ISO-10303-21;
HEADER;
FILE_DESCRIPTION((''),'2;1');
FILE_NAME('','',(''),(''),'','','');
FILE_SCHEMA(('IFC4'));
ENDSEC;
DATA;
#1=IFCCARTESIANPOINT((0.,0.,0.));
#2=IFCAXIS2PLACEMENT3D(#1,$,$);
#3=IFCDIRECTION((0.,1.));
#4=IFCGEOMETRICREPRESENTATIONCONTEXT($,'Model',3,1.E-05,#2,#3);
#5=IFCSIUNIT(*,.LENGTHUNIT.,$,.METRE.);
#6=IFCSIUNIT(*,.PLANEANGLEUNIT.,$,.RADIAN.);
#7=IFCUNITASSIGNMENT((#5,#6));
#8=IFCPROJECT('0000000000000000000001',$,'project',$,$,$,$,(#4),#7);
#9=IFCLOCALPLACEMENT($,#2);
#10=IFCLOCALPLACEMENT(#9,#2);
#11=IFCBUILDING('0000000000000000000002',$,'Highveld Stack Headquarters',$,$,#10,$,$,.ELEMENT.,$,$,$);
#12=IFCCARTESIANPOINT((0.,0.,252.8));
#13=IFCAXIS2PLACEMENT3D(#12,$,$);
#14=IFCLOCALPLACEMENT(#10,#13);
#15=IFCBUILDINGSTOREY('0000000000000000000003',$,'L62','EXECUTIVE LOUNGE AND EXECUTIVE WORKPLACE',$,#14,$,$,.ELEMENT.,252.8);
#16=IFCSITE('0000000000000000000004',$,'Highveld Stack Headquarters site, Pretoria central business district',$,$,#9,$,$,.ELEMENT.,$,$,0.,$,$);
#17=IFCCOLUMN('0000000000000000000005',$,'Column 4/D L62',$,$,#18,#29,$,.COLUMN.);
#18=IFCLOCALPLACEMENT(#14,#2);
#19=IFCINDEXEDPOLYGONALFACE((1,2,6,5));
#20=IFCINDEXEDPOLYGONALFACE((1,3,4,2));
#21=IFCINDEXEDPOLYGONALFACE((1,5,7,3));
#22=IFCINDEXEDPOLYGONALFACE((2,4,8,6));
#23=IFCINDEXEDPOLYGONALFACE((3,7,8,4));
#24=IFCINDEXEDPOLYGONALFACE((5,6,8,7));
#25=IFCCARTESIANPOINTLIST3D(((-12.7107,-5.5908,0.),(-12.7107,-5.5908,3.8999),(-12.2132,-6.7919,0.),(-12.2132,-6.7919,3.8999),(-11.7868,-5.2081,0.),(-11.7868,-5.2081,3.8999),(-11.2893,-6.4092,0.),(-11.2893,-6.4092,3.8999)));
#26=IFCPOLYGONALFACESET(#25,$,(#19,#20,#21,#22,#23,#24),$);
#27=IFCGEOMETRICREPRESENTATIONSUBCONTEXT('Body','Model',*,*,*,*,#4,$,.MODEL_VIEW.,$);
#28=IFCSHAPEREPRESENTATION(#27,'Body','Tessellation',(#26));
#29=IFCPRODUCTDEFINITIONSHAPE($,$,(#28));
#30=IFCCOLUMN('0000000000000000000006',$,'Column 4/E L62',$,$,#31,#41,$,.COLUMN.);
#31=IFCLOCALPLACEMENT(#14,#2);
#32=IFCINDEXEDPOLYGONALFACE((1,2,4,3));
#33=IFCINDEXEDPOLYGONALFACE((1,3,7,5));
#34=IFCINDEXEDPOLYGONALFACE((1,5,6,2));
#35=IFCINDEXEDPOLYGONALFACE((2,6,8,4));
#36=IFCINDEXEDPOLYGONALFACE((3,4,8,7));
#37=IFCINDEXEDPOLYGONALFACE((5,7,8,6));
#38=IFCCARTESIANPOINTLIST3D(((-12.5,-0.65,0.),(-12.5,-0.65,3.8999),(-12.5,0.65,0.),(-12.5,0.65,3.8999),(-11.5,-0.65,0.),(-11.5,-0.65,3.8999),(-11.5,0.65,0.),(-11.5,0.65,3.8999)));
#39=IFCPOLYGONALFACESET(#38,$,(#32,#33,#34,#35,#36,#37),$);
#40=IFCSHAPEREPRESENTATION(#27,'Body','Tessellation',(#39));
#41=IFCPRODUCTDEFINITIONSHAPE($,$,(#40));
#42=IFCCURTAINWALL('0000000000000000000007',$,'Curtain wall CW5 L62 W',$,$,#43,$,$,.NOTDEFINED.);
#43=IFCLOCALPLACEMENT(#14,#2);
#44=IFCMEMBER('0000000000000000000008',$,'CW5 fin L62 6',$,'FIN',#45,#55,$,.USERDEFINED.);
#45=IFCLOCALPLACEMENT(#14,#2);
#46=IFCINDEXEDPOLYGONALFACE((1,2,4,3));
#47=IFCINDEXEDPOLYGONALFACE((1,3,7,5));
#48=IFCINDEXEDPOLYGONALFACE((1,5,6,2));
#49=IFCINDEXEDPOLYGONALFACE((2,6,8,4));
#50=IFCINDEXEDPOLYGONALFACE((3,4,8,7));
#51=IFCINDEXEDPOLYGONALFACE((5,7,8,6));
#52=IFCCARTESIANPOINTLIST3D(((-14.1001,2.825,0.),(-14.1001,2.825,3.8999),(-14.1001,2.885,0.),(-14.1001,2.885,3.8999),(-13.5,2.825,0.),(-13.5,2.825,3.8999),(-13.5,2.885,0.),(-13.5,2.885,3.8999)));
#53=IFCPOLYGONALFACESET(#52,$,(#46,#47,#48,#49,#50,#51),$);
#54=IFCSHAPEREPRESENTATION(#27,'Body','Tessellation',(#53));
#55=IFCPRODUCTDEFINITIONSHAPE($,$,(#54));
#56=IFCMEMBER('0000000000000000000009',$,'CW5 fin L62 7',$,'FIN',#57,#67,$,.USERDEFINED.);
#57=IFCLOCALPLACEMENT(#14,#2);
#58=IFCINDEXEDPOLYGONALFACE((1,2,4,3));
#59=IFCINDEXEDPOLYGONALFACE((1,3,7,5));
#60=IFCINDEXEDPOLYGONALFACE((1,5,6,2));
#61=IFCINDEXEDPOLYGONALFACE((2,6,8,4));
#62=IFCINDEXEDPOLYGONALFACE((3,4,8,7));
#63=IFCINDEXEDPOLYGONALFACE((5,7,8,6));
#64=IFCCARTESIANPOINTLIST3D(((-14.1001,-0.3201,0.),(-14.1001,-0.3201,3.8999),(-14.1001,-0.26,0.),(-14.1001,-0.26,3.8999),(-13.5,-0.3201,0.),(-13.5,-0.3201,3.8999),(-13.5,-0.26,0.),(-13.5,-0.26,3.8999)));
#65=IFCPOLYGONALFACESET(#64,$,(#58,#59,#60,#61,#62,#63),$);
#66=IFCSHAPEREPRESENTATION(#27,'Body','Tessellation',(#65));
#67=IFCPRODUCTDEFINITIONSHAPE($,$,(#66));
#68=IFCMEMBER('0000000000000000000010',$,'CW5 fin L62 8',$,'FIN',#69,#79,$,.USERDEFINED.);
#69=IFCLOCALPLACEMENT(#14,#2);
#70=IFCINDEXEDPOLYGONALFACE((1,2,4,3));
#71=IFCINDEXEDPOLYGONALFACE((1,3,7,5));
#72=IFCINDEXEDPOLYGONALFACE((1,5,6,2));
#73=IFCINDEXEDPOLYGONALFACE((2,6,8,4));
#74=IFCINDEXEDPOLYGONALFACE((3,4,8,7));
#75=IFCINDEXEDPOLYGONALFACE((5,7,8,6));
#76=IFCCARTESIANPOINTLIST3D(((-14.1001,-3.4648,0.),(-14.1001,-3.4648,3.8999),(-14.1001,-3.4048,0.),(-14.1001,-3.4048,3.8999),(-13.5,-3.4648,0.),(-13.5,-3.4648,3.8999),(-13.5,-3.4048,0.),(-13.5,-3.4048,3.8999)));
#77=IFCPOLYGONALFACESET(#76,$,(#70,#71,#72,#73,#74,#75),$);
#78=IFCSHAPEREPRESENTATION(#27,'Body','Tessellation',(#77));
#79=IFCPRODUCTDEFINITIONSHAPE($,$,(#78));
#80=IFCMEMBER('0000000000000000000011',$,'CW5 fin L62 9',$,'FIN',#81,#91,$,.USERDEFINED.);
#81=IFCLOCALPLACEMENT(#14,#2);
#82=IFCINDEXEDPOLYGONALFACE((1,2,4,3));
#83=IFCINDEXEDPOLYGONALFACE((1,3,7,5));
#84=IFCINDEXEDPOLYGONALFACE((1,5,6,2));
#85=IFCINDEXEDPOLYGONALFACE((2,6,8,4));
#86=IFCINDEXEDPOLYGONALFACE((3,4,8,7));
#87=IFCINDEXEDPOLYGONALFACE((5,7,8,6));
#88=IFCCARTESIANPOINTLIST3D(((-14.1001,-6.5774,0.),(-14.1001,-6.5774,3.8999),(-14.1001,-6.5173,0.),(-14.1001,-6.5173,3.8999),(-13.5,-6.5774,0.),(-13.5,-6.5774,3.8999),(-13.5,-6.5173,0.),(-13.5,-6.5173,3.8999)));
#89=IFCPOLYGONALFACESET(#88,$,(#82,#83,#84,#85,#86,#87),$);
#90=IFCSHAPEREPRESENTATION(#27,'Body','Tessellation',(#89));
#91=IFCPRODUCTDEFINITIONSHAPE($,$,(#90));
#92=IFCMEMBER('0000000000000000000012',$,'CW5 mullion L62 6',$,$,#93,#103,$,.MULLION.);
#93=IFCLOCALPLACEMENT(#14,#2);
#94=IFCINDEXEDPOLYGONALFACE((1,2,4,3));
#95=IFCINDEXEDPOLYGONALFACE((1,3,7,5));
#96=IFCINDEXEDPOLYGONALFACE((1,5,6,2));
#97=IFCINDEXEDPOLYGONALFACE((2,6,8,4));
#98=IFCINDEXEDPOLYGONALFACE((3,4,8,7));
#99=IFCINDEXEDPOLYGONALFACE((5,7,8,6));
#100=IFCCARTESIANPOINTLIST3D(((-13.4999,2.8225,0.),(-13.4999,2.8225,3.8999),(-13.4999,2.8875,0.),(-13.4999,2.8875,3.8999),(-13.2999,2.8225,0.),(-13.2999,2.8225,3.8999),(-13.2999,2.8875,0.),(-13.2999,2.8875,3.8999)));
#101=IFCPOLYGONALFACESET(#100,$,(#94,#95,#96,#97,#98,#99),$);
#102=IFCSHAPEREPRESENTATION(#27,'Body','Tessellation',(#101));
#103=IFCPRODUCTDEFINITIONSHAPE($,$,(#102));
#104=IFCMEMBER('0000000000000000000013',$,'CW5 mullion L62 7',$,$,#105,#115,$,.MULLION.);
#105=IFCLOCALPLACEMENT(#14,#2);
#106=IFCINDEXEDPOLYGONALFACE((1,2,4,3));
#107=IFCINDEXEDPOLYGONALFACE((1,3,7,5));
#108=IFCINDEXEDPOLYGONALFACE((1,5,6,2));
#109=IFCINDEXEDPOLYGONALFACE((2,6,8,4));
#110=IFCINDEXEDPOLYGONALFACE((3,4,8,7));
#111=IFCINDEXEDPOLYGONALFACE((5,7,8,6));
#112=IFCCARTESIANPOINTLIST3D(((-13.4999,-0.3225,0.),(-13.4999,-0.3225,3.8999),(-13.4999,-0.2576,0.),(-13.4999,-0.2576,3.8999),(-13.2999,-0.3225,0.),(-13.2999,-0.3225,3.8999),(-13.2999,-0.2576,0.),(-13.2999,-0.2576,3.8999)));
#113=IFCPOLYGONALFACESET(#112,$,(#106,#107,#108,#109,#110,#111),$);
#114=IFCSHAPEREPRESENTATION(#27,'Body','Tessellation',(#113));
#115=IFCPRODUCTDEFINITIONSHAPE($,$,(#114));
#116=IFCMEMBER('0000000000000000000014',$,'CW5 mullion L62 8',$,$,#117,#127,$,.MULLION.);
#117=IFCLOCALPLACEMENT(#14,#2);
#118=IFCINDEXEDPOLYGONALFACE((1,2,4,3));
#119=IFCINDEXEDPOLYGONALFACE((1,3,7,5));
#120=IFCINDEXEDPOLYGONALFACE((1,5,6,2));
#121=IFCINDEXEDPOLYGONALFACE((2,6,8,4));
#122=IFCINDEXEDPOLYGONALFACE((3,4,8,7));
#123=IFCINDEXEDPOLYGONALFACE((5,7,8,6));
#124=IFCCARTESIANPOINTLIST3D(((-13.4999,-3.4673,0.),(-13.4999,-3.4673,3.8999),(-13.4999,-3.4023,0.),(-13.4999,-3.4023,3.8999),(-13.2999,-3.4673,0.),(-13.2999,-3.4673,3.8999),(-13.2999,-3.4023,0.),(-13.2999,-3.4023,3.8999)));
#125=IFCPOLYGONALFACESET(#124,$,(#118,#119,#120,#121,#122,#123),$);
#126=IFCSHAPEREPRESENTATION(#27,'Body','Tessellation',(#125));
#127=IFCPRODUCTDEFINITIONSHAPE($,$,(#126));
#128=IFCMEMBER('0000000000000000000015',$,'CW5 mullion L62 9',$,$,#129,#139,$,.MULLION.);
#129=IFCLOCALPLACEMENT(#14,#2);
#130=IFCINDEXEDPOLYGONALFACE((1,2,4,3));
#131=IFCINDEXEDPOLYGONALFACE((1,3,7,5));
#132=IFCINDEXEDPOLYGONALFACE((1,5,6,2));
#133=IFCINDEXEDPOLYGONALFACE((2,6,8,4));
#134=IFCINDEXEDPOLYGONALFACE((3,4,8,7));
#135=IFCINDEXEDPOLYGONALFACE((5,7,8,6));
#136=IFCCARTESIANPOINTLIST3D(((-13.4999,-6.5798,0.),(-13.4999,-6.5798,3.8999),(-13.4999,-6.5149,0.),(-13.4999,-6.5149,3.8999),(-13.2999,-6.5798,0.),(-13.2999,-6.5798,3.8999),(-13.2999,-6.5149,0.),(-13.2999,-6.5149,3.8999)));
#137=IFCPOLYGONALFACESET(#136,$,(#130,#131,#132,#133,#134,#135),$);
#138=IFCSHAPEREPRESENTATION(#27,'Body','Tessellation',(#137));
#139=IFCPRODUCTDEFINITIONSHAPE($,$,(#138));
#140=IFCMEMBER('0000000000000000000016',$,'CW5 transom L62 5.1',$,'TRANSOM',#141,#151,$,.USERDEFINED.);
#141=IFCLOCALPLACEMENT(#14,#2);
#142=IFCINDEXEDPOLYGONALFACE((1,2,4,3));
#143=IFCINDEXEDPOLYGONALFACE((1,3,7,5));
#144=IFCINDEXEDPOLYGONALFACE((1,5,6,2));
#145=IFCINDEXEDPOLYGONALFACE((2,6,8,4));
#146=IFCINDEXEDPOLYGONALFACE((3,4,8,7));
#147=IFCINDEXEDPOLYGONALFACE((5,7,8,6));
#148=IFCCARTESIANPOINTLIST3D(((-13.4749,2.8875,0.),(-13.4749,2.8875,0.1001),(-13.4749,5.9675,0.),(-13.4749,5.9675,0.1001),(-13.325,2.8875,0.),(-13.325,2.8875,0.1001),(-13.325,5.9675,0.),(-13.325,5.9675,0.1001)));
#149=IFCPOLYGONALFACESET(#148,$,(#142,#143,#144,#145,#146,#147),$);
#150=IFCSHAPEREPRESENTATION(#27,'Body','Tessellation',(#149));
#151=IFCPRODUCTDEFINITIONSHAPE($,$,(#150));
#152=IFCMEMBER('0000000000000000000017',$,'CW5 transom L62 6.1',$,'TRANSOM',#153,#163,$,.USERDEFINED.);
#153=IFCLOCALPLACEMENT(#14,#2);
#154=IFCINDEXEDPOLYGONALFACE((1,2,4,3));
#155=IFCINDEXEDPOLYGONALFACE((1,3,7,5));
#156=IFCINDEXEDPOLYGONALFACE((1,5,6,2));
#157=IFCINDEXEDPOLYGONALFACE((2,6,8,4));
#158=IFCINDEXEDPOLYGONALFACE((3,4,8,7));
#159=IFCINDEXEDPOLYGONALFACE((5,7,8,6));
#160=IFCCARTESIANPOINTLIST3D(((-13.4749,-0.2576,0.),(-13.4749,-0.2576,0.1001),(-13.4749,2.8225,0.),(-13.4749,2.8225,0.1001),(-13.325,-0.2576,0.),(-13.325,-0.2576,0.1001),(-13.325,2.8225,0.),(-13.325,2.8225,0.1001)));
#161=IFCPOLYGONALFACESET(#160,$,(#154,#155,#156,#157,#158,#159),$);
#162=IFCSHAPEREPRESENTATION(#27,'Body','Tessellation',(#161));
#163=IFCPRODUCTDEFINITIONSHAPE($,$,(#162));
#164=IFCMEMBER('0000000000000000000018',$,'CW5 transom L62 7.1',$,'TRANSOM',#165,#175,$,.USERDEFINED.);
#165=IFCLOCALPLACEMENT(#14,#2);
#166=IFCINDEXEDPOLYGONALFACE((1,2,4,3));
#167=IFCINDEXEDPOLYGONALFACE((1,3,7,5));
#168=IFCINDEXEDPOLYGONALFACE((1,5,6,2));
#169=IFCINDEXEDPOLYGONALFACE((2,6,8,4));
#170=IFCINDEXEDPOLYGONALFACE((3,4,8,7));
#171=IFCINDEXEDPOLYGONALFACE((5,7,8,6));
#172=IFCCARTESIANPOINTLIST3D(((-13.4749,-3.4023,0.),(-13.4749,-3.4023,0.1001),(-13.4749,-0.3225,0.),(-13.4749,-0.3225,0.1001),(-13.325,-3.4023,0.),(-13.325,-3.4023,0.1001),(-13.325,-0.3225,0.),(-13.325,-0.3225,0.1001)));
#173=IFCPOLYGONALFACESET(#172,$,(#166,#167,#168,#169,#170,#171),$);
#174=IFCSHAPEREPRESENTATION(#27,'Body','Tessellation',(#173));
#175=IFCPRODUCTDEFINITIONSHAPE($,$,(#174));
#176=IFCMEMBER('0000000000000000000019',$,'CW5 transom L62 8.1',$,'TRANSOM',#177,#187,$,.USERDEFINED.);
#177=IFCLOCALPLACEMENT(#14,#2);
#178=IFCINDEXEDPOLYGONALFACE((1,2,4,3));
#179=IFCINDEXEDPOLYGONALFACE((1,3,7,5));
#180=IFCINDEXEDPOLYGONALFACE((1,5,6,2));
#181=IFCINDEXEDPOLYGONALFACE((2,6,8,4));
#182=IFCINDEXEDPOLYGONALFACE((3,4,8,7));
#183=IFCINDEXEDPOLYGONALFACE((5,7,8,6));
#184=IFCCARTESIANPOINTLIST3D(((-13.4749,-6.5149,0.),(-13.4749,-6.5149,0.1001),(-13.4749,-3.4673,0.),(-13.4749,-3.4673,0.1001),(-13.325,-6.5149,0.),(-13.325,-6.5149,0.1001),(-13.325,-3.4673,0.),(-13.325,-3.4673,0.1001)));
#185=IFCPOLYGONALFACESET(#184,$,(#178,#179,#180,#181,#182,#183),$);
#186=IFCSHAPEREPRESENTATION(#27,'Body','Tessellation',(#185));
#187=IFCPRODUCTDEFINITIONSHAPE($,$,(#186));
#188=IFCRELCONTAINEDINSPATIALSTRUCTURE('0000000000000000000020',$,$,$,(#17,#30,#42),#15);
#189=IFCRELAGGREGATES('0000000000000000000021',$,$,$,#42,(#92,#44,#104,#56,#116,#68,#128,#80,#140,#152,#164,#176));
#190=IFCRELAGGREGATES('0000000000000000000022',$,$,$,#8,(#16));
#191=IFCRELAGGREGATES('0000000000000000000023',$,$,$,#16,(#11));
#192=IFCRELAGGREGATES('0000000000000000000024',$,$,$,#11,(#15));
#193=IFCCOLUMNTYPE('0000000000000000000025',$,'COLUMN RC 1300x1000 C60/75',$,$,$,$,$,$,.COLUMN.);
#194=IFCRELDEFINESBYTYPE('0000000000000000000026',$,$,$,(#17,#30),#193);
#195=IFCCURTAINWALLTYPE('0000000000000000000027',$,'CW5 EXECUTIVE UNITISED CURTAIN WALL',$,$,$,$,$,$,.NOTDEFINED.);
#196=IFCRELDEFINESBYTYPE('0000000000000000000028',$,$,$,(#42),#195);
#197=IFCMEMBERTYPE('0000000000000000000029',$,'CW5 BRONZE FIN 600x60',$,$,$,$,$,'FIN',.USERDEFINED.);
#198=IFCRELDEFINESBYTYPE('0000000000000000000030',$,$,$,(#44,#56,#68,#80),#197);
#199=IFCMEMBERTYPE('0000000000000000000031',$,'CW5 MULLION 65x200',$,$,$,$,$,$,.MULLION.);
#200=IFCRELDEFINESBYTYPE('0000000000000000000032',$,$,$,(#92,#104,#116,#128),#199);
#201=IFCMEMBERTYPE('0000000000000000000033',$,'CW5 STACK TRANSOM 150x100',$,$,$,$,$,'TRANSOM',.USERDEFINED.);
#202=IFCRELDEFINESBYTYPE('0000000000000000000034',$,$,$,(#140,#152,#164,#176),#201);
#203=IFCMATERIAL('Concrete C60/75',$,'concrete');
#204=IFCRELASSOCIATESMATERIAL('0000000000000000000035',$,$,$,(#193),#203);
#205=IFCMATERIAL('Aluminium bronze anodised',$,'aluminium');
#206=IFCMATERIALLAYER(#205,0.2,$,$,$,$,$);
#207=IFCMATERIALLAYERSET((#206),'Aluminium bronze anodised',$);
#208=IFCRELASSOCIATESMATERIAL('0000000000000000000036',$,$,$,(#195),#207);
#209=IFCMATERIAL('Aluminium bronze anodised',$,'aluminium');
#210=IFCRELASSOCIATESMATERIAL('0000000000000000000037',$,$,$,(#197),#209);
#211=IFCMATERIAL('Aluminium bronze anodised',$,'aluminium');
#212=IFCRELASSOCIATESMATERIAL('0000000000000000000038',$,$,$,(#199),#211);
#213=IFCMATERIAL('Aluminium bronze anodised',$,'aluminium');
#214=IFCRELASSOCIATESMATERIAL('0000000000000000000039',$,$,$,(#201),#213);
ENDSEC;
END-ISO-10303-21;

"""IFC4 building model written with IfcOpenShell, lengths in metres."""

from ifc_helpers import new_model, si_unit, direction, frame, origin, origin_2d, place, context, subcontext, project, spatial, rectangle, extrude, material, layer, layer_set, material_profile, profile_set, type_object, element, aggregate, save


model = new_model("IFC4")

# Units and contexts
model_context = context("Model", 3, precision=1e-05, world=origin(), true_north=direction((0.0, 1.0)))
body_context = subcontext(model_context, "Body", "Model", "MODEL_VIEW")
ifc_project = project(units=[si_unit("LENGTHUNIT", "METRE"), si_unit("PLANEANGLEUNIT", "RADIAN")], contexts=[model_context])

# Site, building, storey
site_placement = place(None, origin())
site = spatial("IfcSite", under=ifc_project, at=site_placement, Name="Highveld Stack Headquarters site, Pretoria central business district", CompositionType="ELEMENT", RefElevation=0.0)
building_placement = place(site_placement, origin())
building = spatial("IfcBuilding", under=site, at=building_placement, Name="Highveld Stack Headquarters", CompositionType="ELEMENT")
storey_placement = place(building_placement, frame((0.0, 0.0, 252.8)))
storey = spatial("IfcBuildingStorey", under=building, at=storey_placement, Name="L62", Description="EXECUTIVE LOUNGE AND EXECUTIVE WORKPLACE", CompositionType="ELEMENT", Elevation=252.8)

# Columns
ifc_material_1 = material(Name="Concrete C60/75", Category="concrete")
ifc_material_profile_1 = material_profile(ifc_material_1, rectangle(XDim=1.3, YDim=1.0, at=origin_2d()), Name="RC 1300x1000")
ifc_profile_set_1 = profile_set([ifc_material_profile_1], Name="Concrete C60/75")
column_type = type_object("IfcColumnType", Name="COLUMN RC 1300x1000 C60/75", PredefinedType="COLUMN", material=ifc_profile_set_1)
for number, where, z_axis, x_axis, name in (
    (1, (-12.0, -6.0, 0.0), (0.0, 0.0, 1.0), (-0.382683, 0.92388, 0.0), "Column 4/D L62"),
    (2, (-12.0, 0.0, 0.0), (0.0, 0.0, 1.0), (0.0, 1.0, 0.0), "Column 4/E L62"),
):
    element("IfcColumn", number, at=place(storey_placement, frame(where, z_axis=z_axis, x_axis=x_axis)), inside=storey, type_object=column_type, Name=name, PredefinedType="COLUMN", context=body_context, shape_type="SweptSolid", body=[
        extrude(rectangle(XDim=1.3, YDim=1.0, at=origin_2d()), origin(), (0.0, 0.0, 1.0), 3.8999),
    ])

# Curtain wall, members
ifc_material_2 = material(Name="Aluminium bronze anodised", Category="aluminium")
ifc_layer_1 = layer(ifc_material_2, 0.2)
ifc_layer_set_1 = layer_set([ifc_layer_1], Name="Aluminium bronze anodised")
curtain_wall_type = type_object("IfcCurtainWallType", Name="CW5 EXECUTIVE UNITISED CURTAIN WALL", PredefinedType="NOTDEFINED", material=ifc_layer_set_1)
curtain_wall_placement = place(storey_placement, origin())
curtain_wall = element("IfcCurtainWall", 3, at=curtain_wall_placement, inside=storey, type_object=curtain_wall_type, Name="Curtain wall CW5 L62 W", PredefinedType="NOTDEFINED")
ifc_material_3 = material(Name="Aluminium bronze anodised", Category="aluminium")
ifc_material_profile_2 = material_profile(ifc_material_3, rectangle(XDim=0.6001, YDim=0.0601, at=origin_2d()), Name="FIN 600x60")
ifc_profile_set_2 = profile_set([ifc_material_profile_2], Name="Aluminium bronze anodised")
member_type_1 = type_object("IfcMemberType", Name="CW5 BRONZE FIN 600x60", ElementType="FIN", PredefinedType="USERDEFINED", material=ifc_profile_set_2)
member_1_placement = place(storey_placement, frame((-13.8, 2.855, 0.0), z_axis=(0.0, 0.0, 1.0), x_axis=(1.0, 0.0, 0.0)))
member_1 = element("IfcMember", 4, at=member_1_placement, type_object=member_type_1, Name="CW5 fin L62 6", ObjectType="FIN", PredefinedType="USERDEFINED", context=body_context, shape_type="SweptSolid", body=[
    extrude(rectangle(XDim=0.6001, YDim=0.0601, at=origin_2d()), origin(), (0.0, 0.0, 1.0), 3.8999),
])
member_2_placement = place(storey_placement, frame((-13.8, -0.29, 0.0), z_axis=(0.0, 0.0, 1.0), x_axis=(1.0, 0.0, 0.0)))
member_2 = element("IfcMember", 5, at=member_2_placement, type_object=member_type_1, Name="CW5 fin L62 7", ObjectType="FIN", PredefinedType="USERDEFINED", context=body_context, shape_type="SweptSolid", body=[
    extrude(rectangle(XDim=0.6001, YDim=0.0601, at=origin_2d()), origin(), (0.0, 0.0, 1.0), 3.8999),
])
member_3_placement = place(storey_placement, frame((-13.8, -3.4348, 0.0), z_axis=(0.0, 0.0, 1.0), x_axis=(1.0, 0.0, 0.0)))
member_3 = element("IfcMember", 6, at=member_3_placement, type_object=member_type_1, Name="CW5 fin L62 8", ObjectType="FIN", PredefinedType="USERDEFINED", context=body_context, shape_type="SweptSolid", body=[
    extrude(rectangle(XDim=0.6001, YDim=0.0601, at=origin_2d()), origin(), (0.0, 0.0, 1.0), 3.8999),
])
member_4_placement = place(storey_placement, frame((-13.8, -6.5474, 0.0), z_axis=(0.0, 0.0, 1.0), x_axis=(1.0, 0.0, 0.0)))
member_4 = element("IfcMember", 7, at=member_4_placement, type_object=member_type_1, Name="CW5 fin L62 9", ObjectType="FIN", PredefinedType="USERDEFINED", context=body_context, shape_type="SweptSolid", body=[
    extrude(rectangle(XDim=0.6001, YDim=0.0601, at=origin_2d()), origin(), (0.0, 0.0, 1.0), 3.8999),
])
ifc_material_4 = material(Name="Aluminium bronze anodised", Category="aluminium")
ifc_material_profile_3 = material_profile(ifc_material_4, rectangle(XDim=0.2, YDim=0.0649, at=origin_2d()), Name="CW5 MULLION 65x200")
ifc_profile_set_3 = profile_set([ifc_material_profile_3], Name="Aluminium bronze anodised")
member_type_2 = type_object("IfcMemberType", Name="CW5 MULLION 65x200", PredefinedType="MULLION", material=ifc_profile_set_3)
member_5_placement = place(storey_placement, frame((-13.3999, 2.855, 0.0), z_axis=(0.0, 0.0, 1.0), x_axis=(1.0, 0.0, 0.0)))
member_5 = element("IfcMember", 8, at=member_5_placement, type_object=member_type_2, Name="CW5 mullion L62 6", PredefinedType="MULLION", context=body_context, shape_type="SweptSolid", body=[
    extrude(rectangle(XDim=0.2, YDim=0.0649, at=origin_2d()), origin(), (0.0, 0.0, 1.0), 3.8999),
])
member_6_placement = place(storey_placement, frame((-13.3999, -0.29, 0.0), z_axis=(0.0, 0.0, 1.0), x_axis=(1.0, 0.0, 0.0)))
member_6 = element("IfcMember", 9, at=member_6_placement, type_object=member_type_2, Name="CW5 mullion L62 7", PredefinedType="MULLION", context=body_context, shape_type="SweptSolid", body=[
    extrude(rectangle(XDim=0.2, YDim=0.0649, at=origin_2d()), origin(), (0.0, 0.0, 1.0), 3.8999),
])
member_7_placement = place(storey_placement, frame((-13.3999, -3.4348, 0.0), z_axis=(0.0, 0.0, 1.0), x_axis=(1.0, 0.0, 0.0)))
member_7 = element("IfcMember", 10, at=member_7_placement, type_object=member_type_2, Name="CW5 mullion L62 8", PredefinedType="MULLION", context=body_context, shape_type="SweptSolid", body=[
    extrude(rectangle(XDim=0.2, YDim=0.0649, at=origin_2d()), origin(), (0.0, 0.0, 1.0), 3.8999),
])
member_8_placement = place(storey_placement, frame((-13.3999, -6.5474, 0.0), z_axis=(0.0, 0.0, 1.0), x_axis=(1.0, 0.0, 0.0)))
member_8 = element("IfcMember", 11, at=member_8_placement, type_object=member_type_2, Name="CW5 mullion L62 9", PredefinedType="MULLION", context=body_context, shape_type="SweptSolid", body=[
    extrude(rectangle(XDim=0.2, YDim=0.0649, at=origin_2d()), origin(), (0.0, 0.0, 1.0), 3.8999),
])
ifc_material_5 = material(Name="Aluminium bronze anodised", Category="aluminium")
ifc_material_profile_4 = material_profile(ifc_material_5, rectangle(XDim=0.1499, YDim=0.1001, at=origin_2d()), Name="CW5 TRANSOM 150x100")
ifc_profile_set_4 = profile_set([ifc_material_profile_4], Name="Aluminium bronze anodised")
member_type_3 = type_object("IfcMemberType", Name="CW5 STACK TRANSOM 150x100", ElementType="TRANSOM", PredefinedType="USERDEFINED", material=ifc_profile_set_4)
member_9_placement = place(storey_placement, frame((-13.3999, 5.9675, 0.05), z_axis=(0.0, -1.0, 0.0), x_axis=(1.0, 0.0, 0.0)))
member_9 = element("IfcMember", 12, at=member_9_placement, type_object=member_type_3, Name="CW5 transom L62 5.1", ObjectType="TRANSOM", PredefinedType="USERDEFINED", context=body_context, shape_type="SweptSolid", body=[
    extrude(rectangle(XDim=0.1499, YDim=0.1001, at=origin_2d()), origin(), (0.0, 0.0, 1.0), 3.0801),
])
member_10_placement = place(storey_placement, frame((-13.3999, 2.8225, 0.05), z_axis=(0.0, -1.0, 0.0), x_axis=(1.0, 0.0, 0.0)))
member_10 = element("IfcMember", 13, at=member_10_placement, type_object=member_type_3, Name="CW5 transom L62 6.1", ObjectType="TRANSOM", PredefinedType="USERDEFINED", context=body_context, shape_type="SweptSolid", body=[
    extrude(rectangle(XDim=0.1499, YDim=0.1001, at=origin_2d()), origin(), (0.0, 0.0, 1.0), 3.0801),
])
member_11_placement = place(storey_placement, frame((-13.3999, -0.3225, 0.05), z_axis=(0.0, -1.0, 0.0), x_axis=(1.0, 0.0, 0.0)))
member_11 = element("IfcMember", 14, at=member_11_placement, type_object=member_type_3, Name="CW5 transom L62 7.1", ObjectType="TRANSOM", PredefinedType="USERDEFINED", context=body_context, shape_type="SweptSolid", body=[
    extrude(rectangle(XDim=0.1499, YDim=0.1001, at=origin_2d()), origin(), (0.0, 0.0, 1.0), 3.0798),
])
member_12_placement = place(storey_placement, frame((-13.3999, -3.4673, 0.05), z_axis=(0.0, -1.0, 0.0), x_axis=(1.0, 0.0, 0.0)))
member_12 = element("IfcMember", 15, at=member_12_placement, type_object=member_type_3, Name="CW5 transom L62 8.1", ObjectType="TRANSOM", PredefinedType="USERDEFINED", context=body_context, shape_type="SweptSolid", body=[
    extrude(rectangle(XDim=0.1499, YDim=0.1001, at=origin_2d()), origin(), (0.0, 0.0, 1.0), 3.0476),
])
aggregate(curtain_wall, [member_5, member_1, member_6, member_2, member_7, member_3, member_8, member_4, member_9, member_10, member_11, member_12])

save(model, "model.ifc")
